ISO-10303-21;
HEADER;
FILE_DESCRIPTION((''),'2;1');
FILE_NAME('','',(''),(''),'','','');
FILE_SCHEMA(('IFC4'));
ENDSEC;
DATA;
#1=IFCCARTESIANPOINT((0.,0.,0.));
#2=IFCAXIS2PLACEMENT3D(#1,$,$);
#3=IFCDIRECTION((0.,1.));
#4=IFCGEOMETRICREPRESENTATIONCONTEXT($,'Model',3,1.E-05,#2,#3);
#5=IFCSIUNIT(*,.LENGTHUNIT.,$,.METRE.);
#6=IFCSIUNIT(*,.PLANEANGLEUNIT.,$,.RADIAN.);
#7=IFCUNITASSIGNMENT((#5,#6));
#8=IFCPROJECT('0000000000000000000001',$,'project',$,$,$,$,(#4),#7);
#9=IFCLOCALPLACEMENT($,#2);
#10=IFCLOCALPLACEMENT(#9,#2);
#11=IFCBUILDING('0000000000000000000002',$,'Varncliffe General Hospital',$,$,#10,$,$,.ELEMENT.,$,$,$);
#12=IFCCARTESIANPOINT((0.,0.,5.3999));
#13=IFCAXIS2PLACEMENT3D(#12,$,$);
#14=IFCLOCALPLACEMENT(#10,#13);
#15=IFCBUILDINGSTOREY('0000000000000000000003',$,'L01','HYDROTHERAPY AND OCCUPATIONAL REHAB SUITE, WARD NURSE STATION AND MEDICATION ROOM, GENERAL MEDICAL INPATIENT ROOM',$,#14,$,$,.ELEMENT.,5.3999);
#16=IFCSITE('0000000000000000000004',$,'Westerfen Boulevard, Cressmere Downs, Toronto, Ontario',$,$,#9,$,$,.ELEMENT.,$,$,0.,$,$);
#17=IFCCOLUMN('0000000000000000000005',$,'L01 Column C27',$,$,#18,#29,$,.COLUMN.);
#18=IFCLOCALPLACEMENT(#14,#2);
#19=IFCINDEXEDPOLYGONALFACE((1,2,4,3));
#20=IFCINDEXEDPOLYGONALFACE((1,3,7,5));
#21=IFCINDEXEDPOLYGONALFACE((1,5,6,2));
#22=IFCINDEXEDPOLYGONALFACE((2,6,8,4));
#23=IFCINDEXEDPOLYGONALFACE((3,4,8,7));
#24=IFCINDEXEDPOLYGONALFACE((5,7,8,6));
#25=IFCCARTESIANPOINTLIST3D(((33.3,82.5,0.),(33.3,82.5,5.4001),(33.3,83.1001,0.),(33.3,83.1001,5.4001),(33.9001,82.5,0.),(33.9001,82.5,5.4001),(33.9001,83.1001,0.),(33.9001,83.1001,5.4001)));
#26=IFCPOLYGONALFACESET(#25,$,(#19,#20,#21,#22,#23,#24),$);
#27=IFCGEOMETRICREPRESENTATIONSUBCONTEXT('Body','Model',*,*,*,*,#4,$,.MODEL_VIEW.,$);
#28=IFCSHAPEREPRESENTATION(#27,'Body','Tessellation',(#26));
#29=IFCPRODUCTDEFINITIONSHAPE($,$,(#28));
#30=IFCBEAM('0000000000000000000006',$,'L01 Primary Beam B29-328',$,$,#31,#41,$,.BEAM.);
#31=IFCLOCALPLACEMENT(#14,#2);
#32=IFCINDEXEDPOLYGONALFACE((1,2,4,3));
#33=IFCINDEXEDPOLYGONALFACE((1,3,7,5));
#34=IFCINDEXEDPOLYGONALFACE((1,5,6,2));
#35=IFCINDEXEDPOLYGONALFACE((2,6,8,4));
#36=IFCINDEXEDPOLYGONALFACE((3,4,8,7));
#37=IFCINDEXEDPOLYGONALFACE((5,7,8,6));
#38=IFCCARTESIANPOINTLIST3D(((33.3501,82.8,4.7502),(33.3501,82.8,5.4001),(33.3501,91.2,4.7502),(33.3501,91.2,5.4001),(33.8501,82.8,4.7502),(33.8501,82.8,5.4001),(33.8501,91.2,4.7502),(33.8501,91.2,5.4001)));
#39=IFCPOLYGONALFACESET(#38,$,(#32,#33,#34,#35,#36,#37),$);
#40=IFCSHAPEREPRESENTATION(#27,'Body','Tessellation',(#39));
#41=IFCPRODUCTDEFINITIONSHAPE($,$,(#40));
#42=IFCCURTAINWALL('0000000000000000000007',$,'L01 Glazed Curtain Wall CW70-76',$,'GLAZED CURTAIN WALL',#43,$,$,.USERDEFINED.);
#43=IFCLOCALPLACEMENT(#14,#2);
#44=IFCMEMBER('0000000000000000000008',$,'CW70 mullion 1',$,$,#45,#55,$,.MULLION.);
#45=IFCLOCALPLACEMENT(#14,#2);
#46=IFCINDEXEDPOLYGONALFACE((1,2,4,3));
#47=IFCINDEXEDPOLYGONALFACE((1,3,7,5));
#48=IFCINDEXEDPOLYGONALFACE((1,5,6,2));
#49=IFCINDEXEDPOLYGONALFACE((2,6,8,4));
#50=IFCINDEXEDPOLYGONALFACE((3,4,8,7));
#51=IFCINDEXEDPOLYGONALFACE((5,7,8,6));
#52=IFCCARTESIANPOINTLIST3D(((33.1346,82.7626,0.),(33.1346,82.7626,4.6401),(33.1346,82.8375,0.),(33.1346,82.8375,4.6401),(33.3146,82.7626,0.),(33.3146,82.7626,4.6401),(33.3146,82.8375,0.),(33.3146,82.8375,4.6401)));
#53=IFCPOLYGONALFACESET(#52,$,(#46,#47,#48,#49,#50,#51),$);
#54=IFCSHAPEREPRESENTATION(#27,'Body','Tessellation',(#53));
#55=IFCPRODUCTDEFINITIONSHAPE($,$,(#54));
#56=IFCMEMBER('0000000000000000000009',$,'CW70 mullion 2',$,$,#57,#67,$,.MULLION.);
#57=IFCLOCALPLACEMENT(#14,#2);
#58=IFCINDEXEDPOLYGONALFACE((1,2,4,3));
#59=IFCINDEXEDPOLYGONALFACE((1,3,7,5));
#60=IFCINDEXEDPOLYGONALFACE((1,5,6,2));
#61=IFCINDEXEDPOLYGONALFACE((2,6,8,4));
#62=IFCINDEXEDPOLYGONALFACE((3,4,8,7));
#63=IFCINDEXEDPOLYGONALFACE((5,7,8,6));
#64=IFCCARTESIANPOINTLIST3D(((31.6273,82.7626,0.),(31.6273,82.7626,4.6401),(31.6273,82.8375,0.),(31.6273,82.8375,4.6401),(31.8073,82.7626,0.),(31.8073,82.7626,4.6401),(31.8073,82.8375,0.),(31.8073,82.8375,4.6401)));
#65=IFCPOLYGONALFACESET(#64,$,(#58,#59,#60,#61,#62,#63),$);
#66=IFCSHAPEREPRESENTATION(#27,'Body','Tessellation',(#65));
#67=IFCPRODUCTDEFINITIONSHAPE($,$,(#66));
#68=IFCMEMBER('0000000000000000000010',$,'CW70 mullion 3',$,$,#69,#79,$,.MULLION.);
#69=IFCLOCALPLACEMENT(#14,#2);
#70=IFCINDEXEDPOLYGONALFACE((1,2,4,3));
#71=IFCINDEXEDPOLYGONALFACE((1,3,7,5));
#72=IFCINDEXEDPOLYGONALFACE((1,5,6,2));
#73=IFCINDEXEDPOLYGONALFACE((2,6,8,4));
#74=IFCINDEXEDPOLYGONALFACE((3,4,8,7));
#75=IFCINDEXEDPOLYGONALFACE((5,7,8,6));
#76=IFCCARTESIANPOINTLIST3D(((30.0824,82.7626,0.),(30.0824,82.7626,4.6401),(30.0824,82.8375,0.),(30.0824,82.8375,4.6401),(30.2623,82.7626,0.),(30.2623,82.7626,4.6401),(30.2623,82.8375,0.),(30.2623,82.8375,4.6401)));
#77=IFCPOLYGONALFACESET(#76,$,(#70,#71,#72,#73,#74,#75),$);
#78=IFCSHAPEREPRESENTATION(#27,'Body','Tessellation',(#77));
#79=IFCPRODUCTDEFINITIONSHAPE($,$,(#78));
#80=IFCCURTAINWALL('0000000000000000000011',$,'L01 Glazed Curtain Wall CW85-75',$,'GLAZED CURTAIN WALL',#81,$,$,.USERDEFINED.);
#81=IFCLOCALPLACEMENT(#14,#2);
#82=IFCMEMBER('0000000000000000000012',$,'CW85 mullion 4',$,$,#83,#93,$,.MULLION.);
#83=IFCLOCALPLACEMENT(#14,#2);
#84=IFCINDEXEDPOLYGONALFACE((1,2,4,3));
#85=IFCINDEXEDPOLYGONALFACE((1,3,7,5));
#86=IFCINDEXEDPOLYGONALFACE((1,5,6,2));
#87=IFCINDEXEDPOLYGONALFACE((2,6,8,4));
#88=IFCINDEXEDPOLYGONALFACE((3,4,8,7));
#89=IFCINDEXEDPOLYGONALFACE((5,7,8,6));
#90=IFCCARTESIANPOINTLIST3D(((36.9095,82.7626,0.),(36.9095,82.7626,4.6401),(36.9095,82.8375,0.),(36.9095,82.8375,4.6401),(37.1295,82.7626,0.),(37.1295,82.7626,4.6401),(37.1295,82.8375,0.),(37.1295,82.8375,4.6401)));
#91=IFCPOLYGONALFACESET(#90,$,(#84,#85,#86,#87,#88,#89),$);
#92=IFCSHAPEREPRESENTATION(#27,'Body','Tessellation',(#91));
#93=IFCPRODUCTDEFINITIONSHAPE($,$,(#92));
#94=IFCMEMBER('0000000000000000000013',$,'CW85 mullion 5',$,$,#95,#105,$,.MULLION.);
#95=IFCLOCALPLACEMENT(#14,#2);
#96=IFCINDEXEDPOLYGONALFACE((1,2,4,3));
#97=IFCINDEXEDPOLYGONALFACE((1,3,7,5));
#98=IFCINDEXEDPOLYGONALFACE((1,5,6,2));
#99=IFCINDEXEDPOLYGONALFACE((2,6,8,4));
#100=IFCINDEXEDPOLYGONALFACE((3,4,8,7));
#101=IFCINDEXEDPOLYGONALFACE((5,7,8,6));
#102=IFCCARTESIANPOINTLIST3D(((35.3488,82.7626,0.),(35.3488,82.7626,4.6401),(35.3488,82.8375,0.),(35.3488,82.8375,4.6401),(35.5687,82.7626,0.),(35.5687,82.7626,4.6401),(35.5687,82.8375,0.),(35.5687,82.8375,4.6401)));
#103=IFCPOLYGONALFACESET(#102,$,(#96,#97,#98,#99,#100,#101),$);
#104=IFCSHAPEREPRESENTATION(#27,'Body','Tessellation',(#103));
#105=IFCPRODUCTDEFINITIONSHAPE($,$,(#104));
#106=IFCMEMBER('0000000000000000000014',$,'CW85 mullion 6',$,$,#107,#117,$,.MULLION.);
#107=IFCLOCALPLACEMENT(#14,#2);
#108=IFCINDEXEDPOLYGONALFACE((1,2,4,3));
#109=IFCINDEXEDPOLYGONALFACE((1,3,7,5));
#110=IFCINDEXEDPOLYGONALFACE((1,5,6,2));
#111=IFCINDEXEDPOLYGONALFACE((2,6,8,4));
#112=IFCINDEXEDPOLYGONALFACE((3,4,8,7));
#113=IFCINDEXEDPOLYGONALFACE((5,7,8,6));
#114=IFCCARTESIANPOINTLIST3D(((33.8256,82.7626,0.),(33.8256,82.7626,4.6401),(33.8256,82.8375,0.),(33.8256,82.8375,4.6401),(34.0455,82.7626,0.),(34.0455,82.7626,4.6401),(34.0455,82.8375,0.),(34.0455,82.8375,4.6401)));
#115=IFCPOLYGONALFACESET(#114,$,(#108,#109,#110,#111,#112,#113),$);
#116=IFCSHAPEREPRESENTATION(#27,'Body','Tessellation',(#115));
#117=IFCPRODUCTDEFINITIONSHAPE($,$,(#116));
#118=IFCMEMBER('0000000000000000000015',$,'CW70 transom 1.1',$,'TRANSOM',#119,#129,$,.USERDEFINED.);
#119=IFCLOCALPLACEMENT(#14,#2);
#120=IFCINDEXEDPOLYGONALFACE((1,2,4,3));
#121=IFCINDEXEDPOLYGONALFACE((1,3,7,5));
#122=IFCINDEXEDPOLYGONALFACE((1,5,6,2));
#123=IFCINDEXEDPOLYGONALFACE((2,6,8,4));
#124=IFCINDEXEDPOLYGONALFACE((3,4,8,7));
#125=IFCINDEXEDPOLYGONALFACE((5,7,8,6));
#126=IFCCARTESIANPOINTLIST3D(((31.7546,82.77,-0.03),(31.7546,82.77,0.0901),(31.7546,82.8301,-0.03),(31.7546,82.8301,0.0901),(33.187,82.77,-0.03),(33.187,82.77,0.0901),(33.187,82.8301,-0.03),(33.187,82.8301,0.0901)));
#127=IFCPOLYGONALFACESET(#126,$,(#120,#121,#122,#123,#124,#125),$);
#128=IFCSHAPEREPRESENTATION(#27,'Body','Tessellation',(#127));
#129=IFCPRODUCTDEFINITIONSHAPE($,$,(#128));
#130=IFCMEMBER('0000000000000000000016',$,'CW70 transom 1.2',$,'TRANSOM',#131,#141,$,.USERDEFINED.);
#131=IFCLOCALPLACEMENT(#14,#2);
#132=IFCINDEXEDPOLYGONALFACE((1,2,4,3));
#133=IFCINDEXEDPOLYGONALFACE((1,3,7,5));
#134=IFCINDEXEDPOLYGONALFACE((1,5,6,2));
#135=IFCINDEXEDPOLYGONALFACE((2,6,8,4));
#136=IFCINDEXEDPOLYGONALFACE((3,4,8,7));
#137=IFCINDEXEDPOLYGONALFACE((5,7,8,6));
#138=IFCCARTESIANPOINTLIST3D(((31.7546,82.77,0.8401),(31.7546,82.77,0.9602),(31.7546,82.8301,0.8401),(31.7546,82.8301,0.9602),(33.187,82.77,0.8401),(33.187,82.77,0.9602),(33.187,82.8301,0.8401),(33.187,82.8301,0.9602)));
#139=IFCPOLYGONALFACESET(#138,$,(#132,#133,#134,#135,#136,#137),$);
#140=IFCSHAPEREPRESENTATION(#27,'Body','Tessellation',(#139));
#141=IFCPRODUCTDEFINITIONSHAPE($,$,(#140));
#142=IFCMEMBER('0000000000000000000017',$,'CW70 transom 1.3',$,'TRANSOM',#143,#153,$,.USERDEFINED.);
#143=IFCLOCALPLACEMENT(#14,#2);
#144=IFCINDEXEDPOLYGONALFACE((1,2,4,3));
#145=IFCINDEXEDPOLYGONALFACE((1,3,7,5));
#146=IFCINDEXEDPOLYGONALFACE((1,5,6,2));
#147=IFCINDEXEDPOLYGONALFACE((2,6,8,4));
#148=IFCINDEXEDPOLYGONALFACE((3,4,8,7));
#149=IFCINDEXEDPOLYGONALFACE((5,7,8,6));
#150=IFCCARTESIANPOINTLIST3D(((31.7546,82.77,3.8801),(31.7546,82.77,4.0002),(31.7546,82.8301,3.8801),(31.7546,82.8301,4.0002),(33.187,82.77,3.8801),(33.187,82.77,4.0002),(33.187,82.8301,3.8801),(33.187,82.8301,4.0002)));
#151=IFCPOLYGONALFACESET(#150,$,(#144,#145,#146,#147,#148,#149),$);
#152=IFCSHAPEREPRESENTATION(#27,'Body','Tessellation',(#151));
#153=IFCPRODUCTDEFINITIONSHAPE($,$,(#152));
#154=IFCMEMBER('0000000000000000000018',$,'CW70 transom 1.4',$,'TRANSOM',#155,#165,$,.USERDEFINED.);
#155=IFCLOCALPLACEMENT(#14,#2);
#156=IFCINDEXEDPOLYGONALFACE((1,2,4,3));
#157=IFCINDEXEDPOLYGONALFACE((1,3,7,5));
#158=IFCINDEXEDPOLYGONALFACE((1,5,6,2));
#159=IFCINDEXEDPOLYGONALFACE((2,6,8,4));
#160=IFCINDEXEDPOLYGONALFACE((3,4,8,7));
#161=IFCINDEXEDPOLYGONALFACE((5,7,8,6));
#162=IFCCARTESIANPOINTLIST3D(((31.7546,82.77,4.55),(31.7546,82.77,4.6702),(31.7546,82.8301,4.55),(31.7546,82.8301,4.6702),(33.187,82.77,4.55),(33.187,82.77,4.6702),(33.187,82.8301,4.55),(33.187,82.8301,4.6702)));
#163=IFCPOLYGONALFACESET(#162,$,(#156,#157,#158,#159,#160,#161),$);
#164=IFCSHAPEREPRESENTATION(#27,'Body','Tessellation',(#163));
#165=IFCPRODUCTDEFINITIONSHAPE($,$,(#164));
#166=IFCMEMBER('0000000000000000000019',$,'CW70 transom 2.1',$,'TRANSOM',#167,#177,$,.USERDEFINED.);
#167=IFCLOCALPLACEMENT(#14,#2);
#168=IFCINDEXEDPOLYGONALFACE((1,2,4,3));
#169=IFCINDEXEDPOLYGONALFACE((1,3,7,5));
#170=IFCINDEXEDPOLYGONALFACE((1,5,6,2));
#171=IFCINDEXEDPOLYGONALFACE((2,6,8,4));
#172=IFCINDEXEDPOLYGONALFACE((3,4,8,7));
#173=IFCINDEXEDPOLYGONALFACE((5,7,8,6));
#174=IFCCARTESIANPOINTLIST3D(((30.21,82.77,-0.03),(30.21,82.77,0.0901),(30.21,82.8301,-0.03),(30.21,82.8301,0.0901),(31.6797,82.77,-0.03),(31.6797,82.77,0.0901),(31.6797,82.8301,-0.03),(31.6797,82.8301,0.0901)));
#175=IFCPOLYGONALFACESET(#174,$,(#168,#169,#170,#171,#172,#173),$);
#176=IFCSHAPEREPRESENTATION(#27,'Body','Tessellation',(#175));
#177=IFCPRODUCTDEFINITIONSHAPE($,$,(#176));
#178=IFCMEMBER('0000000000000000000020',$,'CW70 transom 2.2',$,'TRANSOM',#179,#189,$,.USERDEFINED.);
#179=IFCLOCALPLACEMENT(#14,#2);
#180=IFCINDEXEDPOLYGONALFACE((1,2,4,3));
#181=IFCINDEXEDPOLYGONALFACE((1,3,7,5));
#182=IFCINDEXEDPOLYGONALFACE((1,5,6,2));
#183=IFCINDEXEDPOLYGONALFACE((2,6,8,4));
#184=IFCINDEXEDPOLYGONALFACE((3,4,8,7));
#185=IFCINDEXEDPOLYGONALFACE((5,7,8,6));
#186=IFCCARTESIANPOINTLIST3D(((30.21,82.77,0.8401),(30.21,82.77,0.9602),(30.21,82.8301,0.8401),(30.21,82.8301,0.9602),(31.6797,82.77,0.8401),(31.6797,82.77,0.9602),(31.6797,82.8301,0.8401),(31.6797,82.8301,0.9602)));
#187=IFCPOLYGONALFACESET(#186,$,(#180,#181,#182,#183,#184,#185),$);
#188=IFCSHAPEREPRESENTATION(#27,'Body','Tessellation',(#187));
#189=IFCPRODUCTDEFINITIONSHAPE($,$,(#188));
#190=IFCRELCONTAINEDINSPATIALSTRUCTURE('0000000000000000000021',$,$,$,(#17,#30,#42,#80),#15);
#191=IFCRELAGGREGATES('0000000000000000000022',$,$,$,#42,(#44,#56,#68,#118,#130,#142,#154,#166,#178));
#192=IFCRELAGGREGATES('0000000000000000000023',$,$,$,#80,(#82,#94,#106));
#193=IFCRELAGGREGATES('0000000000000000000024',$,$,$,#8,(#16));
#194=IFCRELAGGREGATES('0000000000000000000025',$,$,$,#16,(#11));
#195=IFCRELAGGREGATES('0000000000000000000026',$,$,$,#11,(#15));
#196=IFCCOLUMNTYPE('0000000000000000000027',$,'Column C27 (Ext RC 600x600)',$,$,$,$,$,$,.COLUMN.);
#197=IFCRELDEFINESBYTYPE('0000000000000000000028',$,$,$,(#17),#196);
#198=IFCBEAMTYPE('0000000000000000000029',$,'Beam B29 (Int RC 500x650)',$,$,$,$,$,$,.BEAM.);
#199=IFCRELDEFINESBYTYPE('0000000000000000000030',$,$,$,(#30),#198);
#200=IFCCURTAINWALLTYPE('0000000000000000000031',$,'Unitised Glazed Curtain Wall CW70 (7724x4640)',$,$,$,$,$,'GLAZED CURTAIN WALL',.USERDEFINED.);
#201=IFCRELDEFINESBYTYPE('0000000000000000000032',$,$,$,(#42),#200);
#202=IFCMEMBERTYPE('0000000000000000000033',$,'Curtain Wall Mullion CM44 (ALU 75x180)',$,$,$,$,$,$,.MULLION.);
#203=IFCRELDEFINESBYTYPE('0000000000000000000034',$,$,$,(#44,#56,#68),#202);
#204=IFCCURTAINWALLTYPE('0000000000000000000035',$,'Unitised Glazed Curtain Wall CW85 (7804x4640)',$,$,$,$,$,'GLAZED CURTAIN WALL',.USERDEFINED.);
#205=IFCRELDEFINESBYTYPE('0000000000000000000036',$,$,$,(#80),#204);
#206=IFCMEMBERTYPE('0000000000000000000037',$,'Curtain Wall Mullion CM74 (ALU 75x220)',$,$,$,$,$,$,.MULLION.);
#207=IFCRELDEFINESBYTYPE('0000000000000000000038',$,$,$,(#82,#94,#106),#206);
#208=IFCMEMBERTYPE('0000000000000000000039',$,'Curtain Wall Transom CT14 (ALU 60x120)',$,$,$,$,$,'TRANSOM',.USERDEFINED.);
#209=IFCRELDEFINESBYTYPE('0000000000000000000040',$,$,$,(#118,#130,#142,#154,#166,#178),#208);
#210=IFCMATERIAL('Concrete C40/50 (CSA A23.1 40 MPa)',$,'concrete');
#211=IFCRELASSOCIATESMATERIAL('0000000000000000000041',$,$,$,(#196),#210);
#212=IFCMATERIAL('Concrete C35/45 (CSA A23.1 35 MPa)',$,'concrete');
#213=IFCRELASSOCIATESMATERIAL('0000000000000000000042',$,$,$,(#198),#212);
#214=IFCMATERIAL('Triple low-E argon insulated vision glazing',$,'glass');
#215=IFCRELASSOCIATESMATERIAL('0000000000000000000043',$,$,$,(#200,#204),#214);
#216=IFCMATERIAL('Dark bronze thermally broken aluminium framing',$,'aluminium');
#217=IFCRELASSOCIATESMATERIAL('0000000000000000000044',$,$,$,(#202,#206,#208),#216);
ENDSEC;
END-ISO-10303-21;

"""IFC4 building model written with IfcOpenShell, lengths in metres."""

from ifc_helpers import new_model, si_unit, direction, frame, origin, origin_2d, place, context, subcontext, project, spatial, rectangle, extrude, material, material_profile, profile_set, type_object, element, aggregate, save


model = new_model("IFC4")

# Units and contexts
model_context = context("Model", 3, precision=1e-05, world=origin(), true_north=direction((0.0, 1.0)))
body_context = subcontext(model_context, "Body", "Model", "MODEL_VIEW")
ifc_project = project(units=[si_unit("LENGTHUNIT", "METRE"), si_unit("PLANEANGLEUNIT", "RADIAN")], contexts=[model_context])

# Site, building, storey
site_placement = place(None, origin())
site = spatial("IfcSite", under=ifc_project, at=site_placement, Name="Westerfen Boulevard, Cressmere Downs, Toronto, Ontario", CompositionType="ELEMENT", RefElevation=0.0)
building_placement = place(site_placement, origin())
building = spatial("IfcBuilding", under=site, at=building_placement, Name="Varncliffe General Hospital", CompositionType="ELEMENT")
storey_placement = place(building_placement, frame((0.0, 0.0, 5.3999)))
storey = spatial("IfcBuildingStorey", under=building, at=storey_placement, Name="L01", Description="HYDROTHERAPY AND OCCUPATIONAL REHAB SUITE, WARD NURSE STATION AND MEDICATION ROOM, GENERAL MEDICAL INPATIENT ROOM", CompositionType="ELEMENT", Elevation=5.3999)

# Column
ifc_material_1 = material(Name="Concrete C40/50 (CSA A23.1 40 MPa)", Category="concrete")
ifc_material_profile_1 = material_profile(ifc_material_1, rectangle(XDim=0.6001, YDim=0.6001, at=origin_2d()), Name="RC 600x600")
ifc_profile_set_1 = profile_set([ifc_material_profile_1], Name="Concrete C40/50 (CSA A23.1 40 MPa)")
column_type = type_object("IfcColumnType", Name="Column C27 (Ext RC 600x600)", PredefinedType="COLUMN", material=ifc_profile_set_1)
column_placement = place(storey_placement, frame((33.6001, 82.8, 0.0), z_axis=(0.0, 0.0, 1.0), x_axis=(1.0, 0.0, 0.0)))
element("IfcColumn", 1, at=column_placement, inside=storey, type_object=column_type, Name="L01 Column C27", PredefinedType="COLUMN", context=body_context, shape_type="SweptSolid", body=[
    extrude(rectangle(XDim=0.6001, YDim=0.6001, at=origin_2d()), origin(), (0.0, 0.0, 1.0), 5.4001),
])

# Beam
ifc_material_2 = material(Name="Concrete C35/45 (CSA A23.1 35 MPa)", Category="concrete")
ifc_material_profile_2 = material_profile(ifc_material_2, rectangle(XDim=0.5, YDim=0.6499, at=origin_2d()), Name="RC 500x650")
ifc_profile_set_2 = profile_set([ifc_material_profile_2], Name="Concrete C35/45 (CSA A23.1 35 MPa)")
beam_type_1 = type_object("IfcBeamType", Name="Beam B29 (Int RC 500x650)", PredefinedType="BEAM", material=ifc_profile_set_2)
beam_1_placement = place(storey_placement, frame((33.6001, 82.8, 5.0752), z_axis=(0.0, 1.0, 0.0), x_axis=(-1.0, 0.0, 0.0)))
element("IfcBeam", 2, at=beam_1_placement, inside=storey, type_object=beam_type_1, Name="L01 Primary Beam B29-328", PredefinedType="BEAM", context=body_context, shape_type="SweptSolid", body=[
    extrude(rectangle(XDim=0.5, YDim=0.6499, at=origin_2d()), origin(), (0.0, 0.0, 1.0), 8.3999),
])

# Curtain walls, members
ifc_material_3 = material(Name="Triple low-E argon insulated vision glazing", Category="glass")
curtain_wall_type_1 = type_object("IfcCurtainWallType", Name="Unitised Glazed Curtain Wall CW70 (7724x4640)", ElementType="GLAZED CURTAIN WALL", PredefinedType="USERDEFINED", material=ifc_material_3)
curtain_wall_1_placement = place(storey_placement, origin())
curtain_wall_1 = element("IfcCurtainWall", 3, at=curtain_wall_1_placement, inside=storey, type_object=curtain_wall_type_1, Name="L01 Glazed Curtain Wall CW70-76", ObjectType="GLAZED CURTAIN WALL", PredefinedType="USERDEFINED")
ifc_material_4 = material(Name="Dark bronze thermally broken aluminium framing", Category="aluminium")
ifc_material_profile_3 = material_profile(ifc_material_4, rectangle(XDim=0.075, YDim=0.1799, at=origin_2d()), Name="ALU 75x180")
ifc_profile_set_3 = profile_set([ifc_material_profile_3], Name="Dark bronze thermally broken aluminium framing")
member_type_1 = type_object("IfcMemberType", Name="Curtain Wall Mullion CM44 (ALU 75x180)", PredefinedType="MULLION", material=ifc_profile_set_3)
member_1_placement = place(storey_placement, frame((33.2246, 82.8, 0.0), z_axis=(0.0, 0.0, 1.0), x_axis=(0.0, -1.0, 0.0)))
member_1 = element("IfcMember", 4, at=member_1_placement, type_object=member_type_1, Name="CW70 mullion 1", PredefinedType="MULLION", context=body_context, shape_type="SweptSolid", body=[
    extrude(rectangle(XDim=0.075, YDim=0.1799, at=origin_2d()), origin(), (0.0, 0.0, 1.0), 4.6401),
])
member_2_placement = place(storey_placement, frame((31.7173, 82.8, 0.0), z_axis=(0.0, 0.0, 1.0), x_axis=(0.0, -1.0, 0.0)))
member_2 = element("IfcMember", 5, at=member_2_placement, type_object=member_type_1, Name="CW70 mullion 2", PredefinedType="MULLION", context=body_context, shape_type="SweptSolid", body=[
    extrude(rectangle(XDim=0.075, YDim=0.1799, at=origin_2d()), origin(), (0.0, 0.0, 1.0), 4.6401),
])
member_3_placement = place(storey_placement, frame((30.1724, 82.8, 0.0), z_axis=(0.0, 0.0, 1.0), x_axis=(0.0, -1.0, 0.0)))
member_3 = element("IfcMember", 6, at=member_3_placement, type_object=member_type_1, Name="CW70 mullion 3", PredefinedType="MULLION", context=body_context, shape_type="SweptSolid", body=[
    extrude(rectangle(XDim=0.075, YDim=0.1799, at=origin_2d()), origin(), (0.0, 0.0, 1.0), 4.6401),
])
curtain_wall_type_2 = type_object("IfcCurtainWallType", Name="Unitised Glazed Curtain Wall CW85 (7804x4640)", ElementType="GLAZED CURTAIN WALL", PredefinedType="USERDEFINED", material=ifc_material_3)
curtain_wall_2_placement = place(storey_placement, origin())
curtain_wall_2 = element("IfcCurtainWall", 7, at=curtain_wall_2_placement, inside=storey, type_object=curtain_wall_type_2, Name="L01 Glazed Curtain Wall CW85-75", ObjectType="GLAZED CURTAIN WALL", PredefinedType="USERDEFINED")
ifc_material_profile_4 = material_profile(ifc_material_4, rectangle(XDim=0.075, YDim=0.22, at=origin_2d()), Name="ALU 75x220")
ifc_profile_set_4 = profile_set([ifc_material_profile_4], Name="Dark bronze thermally broken aluminium framing")
member_type_2 = type_object("IfcMemberType", Name="Curtain Wall Mullion CM74 (ALU 75x220)", PredefinedType="MULLION", material=ifc_profile_set_4)
member_4_placement = place(storey_placement, frame((37.0195, 82.8, 0.0), z_axis=(0.0, 0.0, 1.0), x_axis=(0.0, -1.0, 0.0)))
member_4 = element("IfcMember", 8, at=member_4_placement, type_object=member_type_2, Name="CW85 mullion 4", PredefinedType="MULLION", context=body_context, shape_type="SweptSolid", body=[
    extrude(rectangle(XDim=0.075, YDim=0.22, at=origin_2d()), origin(), (0.0, 0.0, 1.0), 4.6401),
])
member_5_placement = place(storey_placement, frame((35.4587, 82.8, 0.0), z_axis=(0.0, 0.0, 1.0), x_axis=(0.0, -1.0, 0.0)))
member_5 = element("IfcMember", 9, at=member_5_placement, type_object=member_type_2, Name="CW85 mullion 5", PredefinedType="MULLION", context=body_context, shape_type="SweptSolid", body=[
    extrude(rectangle(XDim=0.075, YDim=0.22, at=origin_2d()), origin(), (0.0, 0.0, 1.0), 4.6401),
])
member_6_placement = place(storey_placement, frame((33.9355, 82.8, 0.0), z_axis=(0.0, 0.0, 1.0), x_axis=(0.0, -1.0, 0.0)))
member_6 = element("IfcMember", 10, at=member_6_placement, type_object=member_type_2, Name="CW85 mullion 6", PredefinedType="MULLION", context=body_context, shape_type="SweptSolid", body=[
    extrude(rectangle(XDim=0.075, YDim=0.22, at=origin_2d()), origin(), (0.0, 0.0, 1.0), 4.6401),
])

# Members
ifc_material_profile_5 = material_profile(ifc_material_4, rectangle(XDim=0.0601, YDim=0.1201, at=origin_2d()), Name="ALU 60x120")
ifc_profile_set_5 = profile_set([ifc_material_profile_5], Name="Dark bronze thermally broken aluminium framing")
member_type_3 = type_object("IfcMemberType", Name="Curtain Wall Transom CT14 (ALU 60x120)", ElementType="TRANSOM", PredefinedType="USERDEFINED", material=ifc_profile_set_5)
member_7_placement = place(storey_placement, frame((33.187, 82.8, 0.03), z_axis=(-1.0, 0.0, 0.0), x_axis=(0.0, -1.0, 0.0)))
member_7 = element("IfcMember", 11, at=member_7_placement, type_object=member_type_3, Name="CW70 transom 1.1", ObjectType="TRANSOM", PredefinedType="USERDEFINED", context=body_context, shape_type="SweptSolid", body=[
    extrude(rectangle(XDim=0.0601, YDim=0.1201, at=origin_2d()), origin(), (0.0, 0.0, 1.0), 1.4324),
])
member_8_placement = place(storey_placement, frame((33.187, 82.8, 0.9001), z_axis=(-1.0, 0.0, 0.0), x_axis=(0.0, -1.0, 0.0)))
member_8 = element("IfcMember", 12, at=member_8_placement, type_object=member_type_3, Name="CW70 transom 1.2", ObjectType="TRANSOM", PredefinedType="USERDEFINED", context=body_context, shape_type="SweptSolid", body=[
    extrude(rectangle(XDim=0.0601, YDim=0.1201, at=origin_2d()), origin(), (0.0, 0.0, 1.0), 1.4324),
])
member_9_placement = place(storey_placement, frame((33.187, 82.8, 3.9402), z_axis=(-1.0, 0.0, 0.0), x_axis=(0.0, -1.0, 0.0)))
member_9 = element("IfcMember", 13, at=member_9_placement, type_object=member_type_3, Name="CW70 transom 1.3", ObjectType="TRANSOM", PredefinedType="USERDEFINED", context=body_context, shape_type="SweptSolid", body=[
    extrude(rectangle(XDim=0.0601, YDim=0.1201, at=origin_2d()), origin(), (0.0, 0.0, 1.0), 1.4324),
])
member_10_placement = place(storey_placement, frame((33.187, 82.8, 4.6101), z_axis=(-1.0, 0.0, 0.0), x_axis=(0.0, -1.0, 0.0)))
member_10 = element("IfcMember", 14, at=member_10_placement, type_object=member_type_3, Name="CW70 transom 1.4", ObjectType="TRANSOM", PredefinedType="USERDEFINED", context=body_context, shape_type="SweptSolid", body=[
    extrude(rectangle(XDim=0.0601, YDim=0.1201, at=origin_2d()), origin(), (0.0, 0.0, 1.0), 1.4324),
])
member_11_placement = place(storey_placement, frame((31.6797, 82.8, 0.03), z_axis=(-1.0, 0.0, 0.0), x_axis=(0.0, -1.0, 0.0)))
member_11 = element("IfcMember", 15, at=member_11_placement, type_object=member_type_3, Name="CW70 transom 2.1", ObjectType="TRANSOM", PredefinedType="USERDEFINED", context=body_context, shape_type="SweptSolid", body=[
    extrude(rectangle(XDim=0.0601, YDim=0.1201, at=origin_2d()), origin(), (0.0, 0.0, 1.0), 1.4697),
])
member_12_placement = place(storey_placement, frame((31.6797, 82.8, 0.9001), z_axis=(-1.0, 0.0, 0.0), x_axis=(0.0, -1.0, 0.0)))
member_12 = element("IfcMember", 16, at=member_12_placement, type_object=member_type_3, Name="CW70 transom 2.2", ObjectType="TRANSOM", PredefinedType="USERDEFINED", context=body_context, shape_type="SweptSolid", body=[
    extrude(rectangle(XDim=0.0601, YDim=0.1201, at=origin_2d()), origin(), (0.0, 0.0, 1.0), 1.4697),
])

aggregate(curtain_wall_1, [member_1, member_2, member_3, member_7, member_8, member_9, member_10, member_11, member_12])
aggregate(curtain_wall_2, [member_4, member_5, member_6])

save(model, "model.ifc")
